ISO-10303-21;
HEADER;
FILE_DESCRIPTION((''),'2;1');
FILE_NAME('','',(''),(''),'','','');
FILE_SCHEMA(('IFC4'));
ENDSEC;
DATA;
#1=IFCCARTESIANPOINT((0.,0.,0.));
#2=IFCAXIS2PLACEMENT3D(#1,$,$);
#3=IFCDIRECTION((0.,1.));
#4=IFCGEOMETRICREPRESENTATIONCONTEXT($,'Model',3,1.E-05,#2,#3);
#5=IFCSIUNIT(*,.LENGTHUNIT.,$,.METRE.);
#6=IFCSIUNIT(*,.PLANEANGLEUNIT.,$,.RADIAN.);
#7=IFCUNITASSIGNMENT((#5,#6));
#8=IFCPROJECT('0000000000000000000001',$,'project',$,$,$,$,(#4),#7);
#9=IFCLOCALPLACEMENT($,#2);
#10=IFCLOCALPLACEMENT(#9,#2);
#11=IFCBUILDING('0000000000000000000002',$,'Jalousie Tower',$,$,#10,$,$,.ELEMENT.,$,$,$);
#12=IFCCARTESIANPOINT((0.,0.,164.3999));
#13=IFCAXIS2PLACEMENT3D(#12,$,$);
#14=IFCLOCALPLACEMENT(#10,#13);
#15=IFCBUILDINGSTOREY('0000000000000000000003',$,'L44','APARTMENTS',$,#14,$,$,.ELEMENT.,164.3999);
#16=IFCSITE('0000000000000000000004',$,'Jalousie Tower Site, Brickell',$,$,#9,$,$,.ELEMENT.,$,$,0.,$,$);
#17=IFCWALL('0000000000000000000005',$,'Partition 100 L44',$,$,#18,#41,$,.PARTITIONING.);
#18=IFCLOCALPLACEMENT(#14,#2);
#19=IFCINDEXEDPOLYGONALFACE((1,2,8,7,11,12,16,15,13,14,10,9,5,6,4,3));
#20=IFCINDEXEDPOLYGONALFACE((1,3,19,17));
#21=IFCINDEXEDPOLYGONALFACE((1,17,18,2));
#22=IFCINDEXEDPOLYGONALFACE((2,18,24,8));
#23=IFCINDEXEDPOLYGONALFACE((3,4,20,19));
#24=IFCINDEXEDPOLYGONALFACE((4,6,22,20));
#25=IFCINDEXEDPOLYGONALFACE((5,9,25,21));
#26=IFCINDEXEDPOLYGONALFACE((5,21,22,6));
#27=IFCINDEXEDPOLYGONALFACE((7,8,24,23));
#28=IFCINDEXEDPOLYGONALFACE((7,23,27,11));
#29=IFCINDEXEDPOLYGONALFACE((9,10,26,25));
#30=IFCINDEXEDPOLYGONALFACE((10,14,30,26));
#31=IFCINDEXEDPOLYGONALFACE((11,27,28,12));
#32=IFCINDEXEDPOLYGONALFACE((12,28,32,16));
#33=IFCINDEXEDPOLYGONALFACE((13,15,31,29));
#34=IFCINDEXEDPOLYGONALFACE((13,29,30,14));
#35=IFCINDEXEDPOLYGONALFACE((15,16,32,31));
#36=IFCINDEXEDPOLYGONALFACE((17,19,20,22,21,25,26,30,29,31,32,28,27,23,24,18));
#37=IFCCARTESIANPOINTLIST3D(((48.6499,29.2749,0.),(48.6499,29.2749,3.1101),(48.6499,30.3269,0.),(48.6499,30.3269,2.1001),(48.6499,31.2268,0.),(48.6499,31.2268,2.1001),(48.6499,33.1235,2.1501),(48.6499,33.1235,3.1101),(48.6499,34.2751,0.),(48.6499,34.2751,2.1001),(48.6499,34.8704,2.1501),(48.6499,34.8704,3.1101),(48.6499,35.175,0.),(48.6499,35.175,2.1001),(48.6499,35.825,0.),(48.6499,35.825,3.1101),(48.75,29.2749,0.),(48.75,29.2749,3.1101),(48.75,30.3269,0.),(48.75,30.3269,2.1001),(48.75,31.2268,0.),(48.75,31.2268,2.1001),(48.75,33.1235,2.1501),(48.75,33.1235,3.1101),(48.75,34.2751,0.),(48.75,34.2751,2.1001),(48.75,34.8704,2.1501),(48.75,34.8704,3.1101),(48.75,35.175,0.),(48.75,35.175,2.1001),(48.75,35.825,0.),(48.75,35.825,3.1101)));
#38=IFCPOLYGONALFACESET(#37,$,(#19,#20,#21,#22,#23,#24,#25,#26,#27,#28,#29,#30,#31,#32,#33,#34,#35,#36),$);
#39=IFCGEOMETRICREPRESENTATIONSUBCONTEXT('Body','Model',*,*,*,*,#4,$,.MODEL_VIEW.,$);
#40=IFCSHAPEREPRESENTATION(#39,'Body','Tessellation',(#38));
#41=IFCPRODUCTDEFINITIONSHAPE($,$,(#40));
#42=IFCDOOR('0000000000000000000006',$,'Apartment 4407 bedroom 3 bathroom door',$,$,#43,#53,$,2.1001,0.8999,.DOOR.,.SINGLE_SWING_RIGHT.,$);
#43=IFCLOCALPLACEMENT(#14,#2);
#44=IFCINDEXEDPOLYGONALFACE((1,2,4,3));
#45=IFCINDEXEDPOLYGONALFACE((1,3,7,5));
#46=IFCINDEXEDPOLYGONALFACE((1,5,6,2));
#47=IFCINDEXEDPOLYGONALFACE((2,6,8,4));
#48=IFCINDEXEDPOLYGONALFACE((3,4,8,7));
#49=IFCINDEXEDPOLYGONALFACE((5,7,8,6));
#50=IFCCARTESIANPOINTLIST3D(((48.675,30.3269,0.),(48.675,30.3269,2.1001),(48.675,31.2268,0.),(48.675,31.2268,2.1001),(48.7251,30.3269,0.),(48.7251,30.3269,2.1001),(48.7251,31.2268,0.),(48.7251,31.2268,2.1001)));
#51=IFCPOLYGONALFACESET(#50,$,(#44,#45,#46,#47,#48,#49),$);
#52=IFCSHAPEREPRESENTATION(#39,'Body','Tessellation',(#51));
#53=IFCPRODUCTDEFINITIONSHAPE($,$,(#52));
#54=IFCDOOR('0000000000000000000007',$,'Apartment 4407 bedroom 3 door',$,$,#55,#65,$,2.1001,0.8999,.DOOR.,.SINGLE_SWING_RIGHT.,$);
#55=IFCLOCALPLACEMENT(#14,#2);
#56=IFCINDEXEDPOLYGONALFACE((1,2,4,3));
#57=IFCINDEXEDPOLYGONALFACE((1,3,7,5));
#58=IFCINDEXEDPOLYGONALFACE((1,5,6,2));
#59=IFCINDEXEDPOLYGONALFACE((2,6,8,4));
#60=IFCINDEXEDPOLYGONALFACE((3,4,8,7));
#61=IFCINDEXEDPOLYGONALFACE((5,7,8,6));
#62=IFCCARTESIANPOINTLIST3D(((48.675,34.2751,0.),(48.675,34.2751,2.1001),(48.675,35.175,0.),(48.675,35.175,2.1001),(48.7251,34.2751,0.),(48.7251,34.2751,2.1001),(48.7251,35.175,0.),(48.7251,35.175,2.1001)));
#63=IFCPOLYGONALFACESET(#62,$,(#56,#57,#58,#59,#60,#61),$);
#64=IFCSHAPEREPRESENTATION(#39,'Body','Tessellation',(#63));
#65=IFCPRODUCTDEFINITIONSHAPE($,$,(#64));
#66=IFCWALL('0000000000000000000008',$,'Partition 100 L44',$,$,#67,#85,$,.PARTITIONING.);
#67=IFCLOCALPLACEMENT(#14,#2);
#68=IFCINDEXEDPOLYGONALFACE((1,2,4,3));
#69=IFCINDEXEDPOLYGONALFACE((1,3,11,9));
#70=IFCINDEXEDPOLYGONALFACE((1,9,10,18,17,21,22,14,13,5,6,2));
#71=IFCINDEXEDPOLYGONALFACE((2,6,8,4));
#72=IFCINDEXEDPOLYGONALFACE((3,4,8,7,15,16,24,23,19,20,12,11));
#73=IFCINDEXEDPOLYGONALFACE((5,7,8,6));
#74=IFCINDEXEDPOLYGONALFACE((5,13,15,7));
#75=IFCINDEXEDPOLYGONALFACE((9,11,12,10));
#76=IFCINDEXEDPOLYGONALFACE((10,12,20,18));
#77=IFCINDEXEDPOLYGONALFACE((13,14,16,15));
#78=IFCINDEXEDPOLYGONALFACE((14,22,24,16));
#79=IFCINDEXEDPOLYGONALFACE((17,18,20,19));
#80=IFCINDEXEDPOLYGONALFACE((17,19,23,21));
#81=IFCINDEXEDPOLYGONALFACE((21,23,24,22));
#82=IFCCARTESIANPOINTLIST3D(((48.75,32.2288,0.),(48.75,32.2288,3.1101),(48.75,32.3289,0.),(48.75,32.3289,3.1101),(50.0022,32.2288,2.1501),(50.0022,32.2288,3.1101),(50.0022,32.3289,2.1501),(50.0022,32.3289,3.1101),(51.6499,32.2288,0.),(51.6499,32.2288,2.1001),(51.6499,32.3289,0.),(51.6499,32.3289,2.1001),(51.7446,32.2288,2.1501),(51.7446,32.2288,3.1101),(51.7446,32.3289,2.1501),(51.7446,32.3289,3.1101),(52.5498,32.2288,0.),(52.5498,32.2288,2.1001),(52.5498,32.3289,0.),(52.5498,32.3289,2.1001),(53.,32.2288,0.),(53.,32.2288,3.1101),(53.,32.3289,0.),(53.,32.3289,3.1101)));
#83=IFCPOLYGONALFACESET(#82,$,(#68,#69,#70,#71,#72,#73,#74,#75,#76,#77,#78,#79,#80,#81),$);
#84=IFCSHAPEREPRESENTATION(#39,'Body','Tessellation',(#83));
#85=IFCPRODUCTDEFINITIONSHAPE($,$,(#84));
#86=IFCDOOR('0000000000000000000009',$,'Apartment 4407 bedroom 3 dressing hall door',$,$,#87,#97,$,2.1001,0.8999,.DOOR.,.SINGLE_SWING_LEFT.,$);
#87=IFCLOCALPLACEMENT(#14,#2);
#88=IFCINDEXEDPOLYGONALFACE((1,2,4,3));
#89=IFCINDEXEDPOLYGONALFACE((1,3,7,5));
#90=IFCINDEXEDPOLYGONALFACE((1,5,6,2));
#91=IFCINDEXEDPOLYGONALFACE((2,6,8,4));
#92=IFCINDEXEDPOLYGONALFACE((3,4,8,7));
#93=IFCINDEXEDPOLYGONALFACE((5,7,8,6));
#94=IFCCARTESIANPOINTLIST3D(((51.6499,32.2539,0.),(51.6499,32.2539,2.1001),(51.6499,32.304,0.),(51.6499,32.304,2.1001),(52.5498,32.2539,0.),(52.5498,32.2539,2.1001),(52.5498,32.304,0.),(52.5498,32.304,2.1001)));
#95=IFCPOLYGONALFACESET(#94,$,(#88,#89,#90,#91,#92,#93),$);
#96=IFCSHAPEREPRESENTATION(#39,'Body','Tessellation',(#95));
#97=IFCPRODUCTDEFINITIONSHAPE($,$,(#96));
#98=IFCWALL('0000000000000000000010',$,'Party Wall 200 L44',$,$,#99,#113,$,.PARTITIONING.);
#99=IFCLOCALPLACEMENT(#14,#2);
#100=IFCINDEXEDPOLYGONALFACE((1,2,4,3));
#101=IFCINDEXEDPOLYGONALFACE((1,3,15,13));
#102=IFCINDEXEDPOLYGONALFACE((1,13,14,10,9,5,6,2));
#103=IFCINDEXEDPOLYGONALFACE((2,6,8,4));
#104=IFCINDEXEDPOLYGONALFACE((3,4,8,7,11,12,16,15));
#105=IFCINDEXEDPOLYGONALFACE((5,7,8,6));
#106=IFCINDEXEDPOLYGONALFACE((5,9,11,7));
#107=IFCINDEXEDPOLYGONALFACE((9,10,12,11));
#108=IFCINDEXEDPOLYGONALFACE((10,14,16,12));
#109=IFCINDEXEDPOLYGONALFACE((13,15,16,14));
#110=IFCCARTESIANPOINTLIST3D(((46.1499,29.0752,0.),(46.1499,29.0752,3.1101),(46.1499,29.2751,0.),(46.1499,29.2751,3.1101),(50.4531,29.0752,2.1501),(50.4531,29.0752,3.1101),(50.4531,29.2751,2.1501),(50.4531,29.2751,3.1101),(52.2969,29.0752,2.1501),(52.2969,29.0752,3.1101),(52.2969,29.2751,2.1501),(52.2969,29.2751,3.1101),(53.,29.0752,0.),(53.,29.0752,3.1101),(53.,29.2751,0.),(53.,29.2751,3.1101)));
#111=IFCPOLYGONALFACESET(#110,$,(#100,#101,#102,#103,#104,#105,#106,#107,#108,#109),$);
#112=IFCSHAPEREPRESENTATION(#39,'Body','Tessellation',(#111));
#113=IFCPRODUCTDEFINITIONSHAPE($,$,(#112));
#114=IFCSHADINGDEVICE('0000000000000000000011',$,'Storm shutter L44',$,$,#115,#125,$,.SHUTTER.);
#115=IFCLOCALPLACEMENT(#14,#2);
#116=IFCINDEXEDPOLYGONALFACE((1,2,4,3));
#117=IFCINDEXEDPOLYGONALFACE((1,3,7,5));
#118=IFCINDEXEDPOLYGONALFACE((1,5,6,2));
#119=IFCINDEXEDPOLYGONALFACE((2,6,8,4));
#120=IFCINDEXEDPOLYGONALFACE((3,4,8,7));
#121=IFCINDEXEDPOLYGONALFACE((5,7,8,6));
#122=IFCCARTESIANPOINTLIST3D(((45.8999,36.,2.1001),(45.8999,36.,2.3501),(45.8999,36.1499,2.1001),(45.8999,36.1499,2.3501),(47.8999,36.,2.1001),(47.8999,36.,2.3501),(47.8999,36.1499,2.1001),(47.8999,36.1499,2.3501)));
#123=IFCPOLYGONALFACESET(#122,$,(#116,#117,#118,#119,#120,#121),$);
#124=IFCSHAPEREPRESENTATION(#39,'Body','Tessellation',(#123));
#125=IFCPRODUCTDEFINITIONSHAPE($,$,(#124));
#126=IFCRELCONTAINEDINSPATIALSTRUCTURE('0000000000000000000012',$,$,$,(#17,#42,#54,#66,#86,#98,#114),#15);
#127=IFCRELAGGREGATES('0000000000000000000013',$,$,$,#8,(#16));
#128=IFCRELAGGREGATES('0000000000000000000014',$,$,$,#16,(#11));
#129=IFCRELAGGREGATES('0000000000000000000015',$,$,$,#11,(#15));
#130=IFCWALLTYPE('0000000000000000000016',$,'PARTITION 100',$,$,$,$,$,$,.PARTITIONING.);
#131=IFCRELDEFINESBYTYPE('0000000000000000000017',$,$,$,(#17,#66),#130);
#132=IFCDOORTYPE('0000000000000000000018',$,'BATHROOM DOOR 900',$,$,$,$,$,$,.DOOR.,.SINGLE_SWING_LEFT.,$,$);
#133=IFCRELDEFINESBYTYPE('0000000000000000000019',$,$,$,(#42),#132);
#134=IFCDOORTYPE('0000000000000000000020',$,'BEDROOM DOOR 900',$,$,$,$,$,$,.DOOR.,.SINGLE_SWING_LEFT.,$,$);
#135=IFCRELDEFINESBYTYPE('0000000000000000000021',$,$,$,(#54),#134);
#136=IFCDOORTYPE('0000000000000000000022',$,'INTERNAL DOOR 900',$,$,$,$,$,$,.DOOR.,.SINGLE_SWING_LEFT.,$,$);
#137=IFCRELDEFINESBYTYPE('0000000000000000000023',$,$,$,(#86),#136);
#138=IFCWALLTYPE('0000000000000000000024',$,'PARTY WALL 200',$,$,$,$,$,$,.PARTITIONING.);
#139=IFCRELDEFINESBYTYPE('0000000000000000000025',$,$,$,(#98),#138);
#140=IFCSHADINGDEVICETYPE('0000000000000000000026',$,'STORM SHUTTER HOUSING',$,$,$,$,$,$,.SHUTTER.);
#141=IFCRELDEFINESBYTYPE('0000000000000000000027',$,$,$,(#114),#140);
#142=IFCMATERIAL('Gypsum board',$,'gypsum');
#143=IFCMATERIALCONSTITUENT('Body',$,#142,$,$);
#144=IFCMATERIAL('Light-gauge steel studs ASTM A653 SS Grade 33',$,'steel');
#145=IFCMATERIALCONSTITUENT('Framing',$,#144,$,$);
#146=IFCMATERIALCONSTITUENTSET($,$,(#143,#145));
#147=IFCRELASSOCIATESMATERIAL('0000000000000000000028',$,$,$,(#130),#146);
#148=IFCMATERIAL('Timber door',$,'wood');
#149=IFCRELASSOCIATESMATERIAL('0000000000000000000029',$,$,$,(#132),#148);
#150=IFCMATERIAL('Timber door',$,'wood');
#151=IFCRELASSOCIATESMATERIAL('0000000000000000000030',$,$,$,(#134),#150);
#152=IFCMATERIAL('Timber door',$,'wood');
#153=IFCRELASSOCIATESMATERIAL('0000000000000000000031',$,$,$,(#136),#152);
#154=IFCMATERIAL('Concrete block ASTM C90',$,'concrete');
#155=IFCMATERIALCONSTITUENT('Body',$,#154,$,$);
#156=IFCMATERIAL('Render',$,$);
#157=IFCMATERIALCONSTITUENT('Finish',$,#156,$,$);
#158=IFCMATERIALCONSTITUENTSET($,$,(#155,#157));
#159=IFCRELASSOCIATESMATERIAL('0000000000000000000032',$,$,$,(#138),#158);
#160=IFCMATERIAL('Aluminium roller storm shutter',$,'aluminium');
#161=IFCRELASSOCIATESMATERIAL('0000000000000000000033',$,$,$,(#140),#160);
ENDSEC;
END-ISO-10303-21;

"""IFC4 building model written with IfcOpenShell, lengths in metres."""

from ifc_helpers import new_model, si_unit, direction, frame, frame_2d, origin, origin_2d, place, context, subcontext, project, spatial, polyline, rectangle, outline, extrude, material, constituent, constituent_set, type_object, element, fill, save


model = new_model("IFC4")

# Units and contexts
model_context = context("Model", 3, precision=1e-05, world=origin(), true_north=direction((0.0, 1.0)))
body_context = subcontext(model_context, "Body", "Model", "MODEL_VIEW")
ifc_project = project(units=[si_unit("LENGTHUNIT", "METRE"), si_unit("PLANEANGLEUNIT", "RADIAN")], contexts=[model_context])

# Site, building, storey
site_placement = place(None, origin())
site = spatial("IfcSite", under=ifc_project, at=site_placement, Name="Jalousie Tower Site, Brickell", CompositionType="ELEMENT", RefElevation=0.0)
building_placement = place(site_placement, origin())
building = spatial("IfcBuilding", under=site, at=building_placement, Name="Jalousie Tower", CompositionType="ELEMENT")
storey_placement = place(building_placement, frame((0.0, 0.0, 164.3999)))
storey = spatial("IfcBuildingStorey", under=building, at=storey_placement, Name="L44", Description="APARTMENTS", CompositionType="ELEMENT", Elevation=164.3999)

# Wall, openings, doors
ifc_material_1 = material(Name="Gypsum board", Category="gypsum")
ifc_constituent_1 = constituent(ifc_material_1, Name="Body")
ifc_material_2 = material(Name="Light-gauge steel studs ASTM A653 SS Grade 33", Category="steel")
ifc_constituent_2 = constituent(ifc_material_2, Name="Framing")
ifc_constituent_set_1 = constituent_set(constituents=[ifc_constituent_1, ifc_constituent_2])
wall_type_1 = type_object("IfcWallType", Name="PARTITION 100", PredefinedType="PARTITIONING", material=ifc_constituent_set_1)
wall_1_placement = place(storey_placement, frame((48.7, 35.825, 0.0), z_axis=(0.0, 0.0, 1.0), x_axis=(0.0, -1.0, 0.0)))
wall_1 = element("IfcWall", 1, at=wall_1_placement, inside=storey, type_object=wall_type_1, Name="Partition 100 L44", PredefinedType="PARTITIONING", context=body_context, shape_type="SweptSolid", body=[
    extrude(outline(polyline([(0.0, 0.0), (6.55, 0.0), (6.55, 3.1101), (2.7014, 3.1101), (2.7014, 2.1501), (0.9546, 2.1501), (0.9546, 3.1101), (0.0, 3.1101), (0.0, 0.0)])), frame((0.0, 0.05, 0.0), z_axis=(0.0, -1.0, 0.0), x_axis=(1.0, 0.0, 0.0)), (0.0, 0.0, 1.0), 0.1001),
])
opening_1_placement = place(wall_1_placement, frame((0.6499, 0.0, 0.0)))
opening_1 = element("IfcOpeningElement", 2, at=opening_1_placement, cuts=wall_1, PredefinedType="OPENING", context=body_context, shape_type="SweptSolid", body=[
    extrude(rectangle(XDim=0.8999, YDim=2.1001, at=frame_2d((0.45, 1.05))), frame((0.0, 0.0601, 0.0), z_axis=(0.0, -1.0, 0.0), x_axis=(1.0, 0.0, 0.0)), (0.0, 0.0, 1.0), 0.1201),
])
opening_2_placement = place(wall_1_placement, frame((4.5981, 0.0, 0.0)))
opening_2 = element("IfcOpeningElement", 3, at=opening_2_placement, cuts=wall_1, PredefinedType="OPENING", context=body_context, shape_type="SweptSolid", body=[
    extrude(rectangle(XDim=0.8999, YDim=2.1001, at=frame_2d((0.45, 1.05))), frame((0.0, 0.0601, 0.0), z_axis=(0.0, -1.0, 0.0), x_axis=(1.0, 0.0, 0.0)), (0.0, 0.0, 1.0), 0.1201),
])
ifc_material_3 = material(Name="Timber door", Category="wood")
door_type_1 = type_object("IfcDoorType", Name="BATHROOM DOOR 900", OperationType="SINGLE_SWING_LEFT", PredefinedType="DOOR", material=ifc_material_3)
door_1_placement = place(opening_2_placement, frame((0.8999, 0.0, 0.0), z_axis=(0.0, 0.0, 1.0), x_axis=(-1.0, 0.0, 0.0)))
door_1 = element("IfcDoor", 4, at=door_1_placement, inside=storey, type_object=door_type_1, Name="Apartment 4407 bedroom 3 bathroom door", OperationType="SINGLE_SWING_RIGHT", OverallHeight=2.1001, OverallWidth=0.8999, PredefinedType="DOOR", context=body_context, shape_type="SweptSolid", body=[
    extrude(rectangle(XDim=0.8999, YDim=2.1001, at=frame_2d((0.45, 1.05))), frame((0.0, 0.0249, 0.0), z_axis=(0.0, -1.0, 0.0), x_axis=(1.0, 0.0, 0.0)), (0.0, 0.0, 1.0), 0.05),
])
fill(opening_2, door_1)
ifc_material_4 = material(Name="Timber door", Category="wood")
door_type_2 = type_object("IfcDoorType", Name="BEDROOM DOOR 900", OperationType="SINGLE_SWING_LEFT", PredefinedType="DOOR", material=ifc_material_4)
door_2_placement = place(opening_1_placement, frame((0.8999, 0.0, 0.0), z_axis=(0.0, 0.0, 1.0), x_axis=(-1.0, 0.0, 0.0)))
door_2 = element("IfcDoor", 5, at=door_2_placement, inside=storey, type_object=door_type_2, Name="Apartment 4407 bedroom 3 door", OperationType="SINGLE_SWING_RIGHT", OverallHeight=2.1001, OverallWidth=0.8999, PredefinedType="DOOR", context=body_context, shape_type="SweptSolid", body=[
    extrude(rectangle(XDim=0.8999, YDim=2.1001, at=frame_2d((0.45, 1.05))), frame((0.0, 0.0249, 0.0), z_axis=(0.0, -1.0, 0.0), x_axis=(1.0, 0.0, 0.0)), (0.0, 0.0, 1.0), 0.05),
])
fill(opening_1, door_2)

# Wall, opening, door
wall_2_placement = place(storey_placement, frame((48.75, 32.2788, 0.0), z_axis=(0.0, 0.0, 1.0), x_axis=(1.0, 0.0, 0.0)))
wall_2 = element("IfcWall", 6, at=wall_2_placement, inside=storey, type_object=wall_type_1, Name="Partition 100 L44", PredefinedType="PARTITIONING", context=body_context, shape_type="SweptSolid", body=[
    extrude(outline(polyline([(0.0, 0.0), (4.25, 0.0), (4.25, 3.1101), (2.9946, 3.1101), (2.9946, 2.1501), (1.2522, 2.1501), (1.2522, 3.1101), (0.0, 3.1101), (0.0, 0.0)])), frame((0.0, 0.05, 0.0), z_axis=(0.0, -1.0, 0.0), x_axis=(1.0, 0.0, 0.0)), (0.0, 0.0, 1.0), 0.1001),
])
opening_3_placement = place(wall_2_placement, frame((2.8999, 0.0, 0.0)))
opening_3 = element("IfcOpeningElement", 7, at=opening_3_placement, cuts=wall_2, PredefinedType="OPENING", context=body_context, shape_type="SweptSolid", body=[
    extrude(rectangle(XDim=0.8999, YDim=2.1001, at=frame_2d((0.45, 1.05))), frame((0.0, 0.0601, 0.0), z_axis=(0.0, -1.0, 0.0), x_axis=(1.0, 0.0, 0.0)), (0.0, 0.0, 1.0), 0.1201),
])
ifc_material_5 = material(Name="Timber door", Category="wood")
door_type_3 = type_object("IfcDoorType", Name="INTERNAL DOOR 900", OperationType="SINGLE_SWING_LEFT", PredefinedType="DOOR", material=ifc_material_5)
door_3_placement = place(opening_3_placement, frame((0.8999, 0.0, 0.0), z_axis=(0.0, 0.0, 1.0), x_axis=(-1.0, 0.0, 0.0)))
door_3 = element("IfcDoor", 8, at=door_3_placement, inside=storey, type_object=door_type_3, Name="Apartment 4407 bedroom 3 dressing hall door", OperationType="SINGLE_SWING_LEFT", OverallHeight=2.1001, OverallWidth=0.8999, PredefinedType="DOOR", context=body_context, shape_type="SweptSolid", body=[
    extrude(rectangle(XDim=0.8999, YDim=2.1001, at=frame_2d((0.45, 1.05))), frame((0.0, 0.0249, 0.0), z_axis=(0.0, -1.0, 0.0), x_axis=(1.0, 0.0, 0.0)), (0.0, 0.0, 1.0), 0.05),
])
fill(opening_3, door_3)

# Wall
ifc_material_6 = material(Name="Concrete block ASTM C90", Category="concrete")
ifc_constituent_3 = constituent(ifc_material_6, Name="Body")
ifc_material_7 = material(Name="Render")
ifc_constituent_4 = constituent(ifc_material_7, Name="Finish")
ifc_constituent_set_2 = constituent_set(constituents=[ifc_constituent_3, ifc_constituent_4])
wall_type_2 = type_object("IfcWallType", Name="PARTY WALL 200", PredefinedType="PARTITIONING", material=ifc_constituent_set_2)
wall_3_placement = place(storey_placement, frame((46.1499, 29.175, 0.0), z_axis=(0.0, 0.0, 1.0), x_axis=(1.0, 0.0, 0.0)))
element("IfcWall", 9, at=wall_3_placement, inside=storey, type_object=wall_type_2, Name="Party Wall 200 L44", PredefinedType="PARTITIONING", context=body_context, shape_type="SweptSolid", body=[
    extrude(outline(polyline([(0.0, 0.0), (6.8501, 0.0), (6.8501, 3.1101), (6.147, 3.1101), (6.147, 2.1501), (4.3032, 2.1501), (4.3032, 3.1101), (0.0, 3.1101), (0.0, 0.0)])), frame((0.0, 0.1001, 0.0), z_axis=(0.0, -1.0, 0.0), x_axis=(1.0, 0.0, 0.0)), (0.0, 0.0, 1.0), 0.2),
])

# Shading device
ifc_material_8 = material(Name="Aluminium roller storm shutter", Category="aluminium")
shading_device_type = type_object("IfcShadingDeviceType", Name="STORM SHUTTER HOUSING", PredefinedType="SHUTTER", material=ifc_material_8)
shading_device_placement = place(storey_placement, frame((46.8999, 36.075, 2.1001), z_axis=(0.0, 0.0, 1.0), x_axis=(-1.0, 0.0, 0.0)))
element("IfcShadingDevice", 10, at=shading_device_placement, inside=storey, type_object=shading_device_type, Name="Storm shutter L44", PredefinedType="SHUTTER", context=body_context, shape_type="SweptSolid", body=[
    extrude(rectangle(XDim=2.0, YDim=0.1499, at=origin_2d()), origin(), (0.0, 0.0, 1.0), 0.25),
])

save(model, "model.ifc")
